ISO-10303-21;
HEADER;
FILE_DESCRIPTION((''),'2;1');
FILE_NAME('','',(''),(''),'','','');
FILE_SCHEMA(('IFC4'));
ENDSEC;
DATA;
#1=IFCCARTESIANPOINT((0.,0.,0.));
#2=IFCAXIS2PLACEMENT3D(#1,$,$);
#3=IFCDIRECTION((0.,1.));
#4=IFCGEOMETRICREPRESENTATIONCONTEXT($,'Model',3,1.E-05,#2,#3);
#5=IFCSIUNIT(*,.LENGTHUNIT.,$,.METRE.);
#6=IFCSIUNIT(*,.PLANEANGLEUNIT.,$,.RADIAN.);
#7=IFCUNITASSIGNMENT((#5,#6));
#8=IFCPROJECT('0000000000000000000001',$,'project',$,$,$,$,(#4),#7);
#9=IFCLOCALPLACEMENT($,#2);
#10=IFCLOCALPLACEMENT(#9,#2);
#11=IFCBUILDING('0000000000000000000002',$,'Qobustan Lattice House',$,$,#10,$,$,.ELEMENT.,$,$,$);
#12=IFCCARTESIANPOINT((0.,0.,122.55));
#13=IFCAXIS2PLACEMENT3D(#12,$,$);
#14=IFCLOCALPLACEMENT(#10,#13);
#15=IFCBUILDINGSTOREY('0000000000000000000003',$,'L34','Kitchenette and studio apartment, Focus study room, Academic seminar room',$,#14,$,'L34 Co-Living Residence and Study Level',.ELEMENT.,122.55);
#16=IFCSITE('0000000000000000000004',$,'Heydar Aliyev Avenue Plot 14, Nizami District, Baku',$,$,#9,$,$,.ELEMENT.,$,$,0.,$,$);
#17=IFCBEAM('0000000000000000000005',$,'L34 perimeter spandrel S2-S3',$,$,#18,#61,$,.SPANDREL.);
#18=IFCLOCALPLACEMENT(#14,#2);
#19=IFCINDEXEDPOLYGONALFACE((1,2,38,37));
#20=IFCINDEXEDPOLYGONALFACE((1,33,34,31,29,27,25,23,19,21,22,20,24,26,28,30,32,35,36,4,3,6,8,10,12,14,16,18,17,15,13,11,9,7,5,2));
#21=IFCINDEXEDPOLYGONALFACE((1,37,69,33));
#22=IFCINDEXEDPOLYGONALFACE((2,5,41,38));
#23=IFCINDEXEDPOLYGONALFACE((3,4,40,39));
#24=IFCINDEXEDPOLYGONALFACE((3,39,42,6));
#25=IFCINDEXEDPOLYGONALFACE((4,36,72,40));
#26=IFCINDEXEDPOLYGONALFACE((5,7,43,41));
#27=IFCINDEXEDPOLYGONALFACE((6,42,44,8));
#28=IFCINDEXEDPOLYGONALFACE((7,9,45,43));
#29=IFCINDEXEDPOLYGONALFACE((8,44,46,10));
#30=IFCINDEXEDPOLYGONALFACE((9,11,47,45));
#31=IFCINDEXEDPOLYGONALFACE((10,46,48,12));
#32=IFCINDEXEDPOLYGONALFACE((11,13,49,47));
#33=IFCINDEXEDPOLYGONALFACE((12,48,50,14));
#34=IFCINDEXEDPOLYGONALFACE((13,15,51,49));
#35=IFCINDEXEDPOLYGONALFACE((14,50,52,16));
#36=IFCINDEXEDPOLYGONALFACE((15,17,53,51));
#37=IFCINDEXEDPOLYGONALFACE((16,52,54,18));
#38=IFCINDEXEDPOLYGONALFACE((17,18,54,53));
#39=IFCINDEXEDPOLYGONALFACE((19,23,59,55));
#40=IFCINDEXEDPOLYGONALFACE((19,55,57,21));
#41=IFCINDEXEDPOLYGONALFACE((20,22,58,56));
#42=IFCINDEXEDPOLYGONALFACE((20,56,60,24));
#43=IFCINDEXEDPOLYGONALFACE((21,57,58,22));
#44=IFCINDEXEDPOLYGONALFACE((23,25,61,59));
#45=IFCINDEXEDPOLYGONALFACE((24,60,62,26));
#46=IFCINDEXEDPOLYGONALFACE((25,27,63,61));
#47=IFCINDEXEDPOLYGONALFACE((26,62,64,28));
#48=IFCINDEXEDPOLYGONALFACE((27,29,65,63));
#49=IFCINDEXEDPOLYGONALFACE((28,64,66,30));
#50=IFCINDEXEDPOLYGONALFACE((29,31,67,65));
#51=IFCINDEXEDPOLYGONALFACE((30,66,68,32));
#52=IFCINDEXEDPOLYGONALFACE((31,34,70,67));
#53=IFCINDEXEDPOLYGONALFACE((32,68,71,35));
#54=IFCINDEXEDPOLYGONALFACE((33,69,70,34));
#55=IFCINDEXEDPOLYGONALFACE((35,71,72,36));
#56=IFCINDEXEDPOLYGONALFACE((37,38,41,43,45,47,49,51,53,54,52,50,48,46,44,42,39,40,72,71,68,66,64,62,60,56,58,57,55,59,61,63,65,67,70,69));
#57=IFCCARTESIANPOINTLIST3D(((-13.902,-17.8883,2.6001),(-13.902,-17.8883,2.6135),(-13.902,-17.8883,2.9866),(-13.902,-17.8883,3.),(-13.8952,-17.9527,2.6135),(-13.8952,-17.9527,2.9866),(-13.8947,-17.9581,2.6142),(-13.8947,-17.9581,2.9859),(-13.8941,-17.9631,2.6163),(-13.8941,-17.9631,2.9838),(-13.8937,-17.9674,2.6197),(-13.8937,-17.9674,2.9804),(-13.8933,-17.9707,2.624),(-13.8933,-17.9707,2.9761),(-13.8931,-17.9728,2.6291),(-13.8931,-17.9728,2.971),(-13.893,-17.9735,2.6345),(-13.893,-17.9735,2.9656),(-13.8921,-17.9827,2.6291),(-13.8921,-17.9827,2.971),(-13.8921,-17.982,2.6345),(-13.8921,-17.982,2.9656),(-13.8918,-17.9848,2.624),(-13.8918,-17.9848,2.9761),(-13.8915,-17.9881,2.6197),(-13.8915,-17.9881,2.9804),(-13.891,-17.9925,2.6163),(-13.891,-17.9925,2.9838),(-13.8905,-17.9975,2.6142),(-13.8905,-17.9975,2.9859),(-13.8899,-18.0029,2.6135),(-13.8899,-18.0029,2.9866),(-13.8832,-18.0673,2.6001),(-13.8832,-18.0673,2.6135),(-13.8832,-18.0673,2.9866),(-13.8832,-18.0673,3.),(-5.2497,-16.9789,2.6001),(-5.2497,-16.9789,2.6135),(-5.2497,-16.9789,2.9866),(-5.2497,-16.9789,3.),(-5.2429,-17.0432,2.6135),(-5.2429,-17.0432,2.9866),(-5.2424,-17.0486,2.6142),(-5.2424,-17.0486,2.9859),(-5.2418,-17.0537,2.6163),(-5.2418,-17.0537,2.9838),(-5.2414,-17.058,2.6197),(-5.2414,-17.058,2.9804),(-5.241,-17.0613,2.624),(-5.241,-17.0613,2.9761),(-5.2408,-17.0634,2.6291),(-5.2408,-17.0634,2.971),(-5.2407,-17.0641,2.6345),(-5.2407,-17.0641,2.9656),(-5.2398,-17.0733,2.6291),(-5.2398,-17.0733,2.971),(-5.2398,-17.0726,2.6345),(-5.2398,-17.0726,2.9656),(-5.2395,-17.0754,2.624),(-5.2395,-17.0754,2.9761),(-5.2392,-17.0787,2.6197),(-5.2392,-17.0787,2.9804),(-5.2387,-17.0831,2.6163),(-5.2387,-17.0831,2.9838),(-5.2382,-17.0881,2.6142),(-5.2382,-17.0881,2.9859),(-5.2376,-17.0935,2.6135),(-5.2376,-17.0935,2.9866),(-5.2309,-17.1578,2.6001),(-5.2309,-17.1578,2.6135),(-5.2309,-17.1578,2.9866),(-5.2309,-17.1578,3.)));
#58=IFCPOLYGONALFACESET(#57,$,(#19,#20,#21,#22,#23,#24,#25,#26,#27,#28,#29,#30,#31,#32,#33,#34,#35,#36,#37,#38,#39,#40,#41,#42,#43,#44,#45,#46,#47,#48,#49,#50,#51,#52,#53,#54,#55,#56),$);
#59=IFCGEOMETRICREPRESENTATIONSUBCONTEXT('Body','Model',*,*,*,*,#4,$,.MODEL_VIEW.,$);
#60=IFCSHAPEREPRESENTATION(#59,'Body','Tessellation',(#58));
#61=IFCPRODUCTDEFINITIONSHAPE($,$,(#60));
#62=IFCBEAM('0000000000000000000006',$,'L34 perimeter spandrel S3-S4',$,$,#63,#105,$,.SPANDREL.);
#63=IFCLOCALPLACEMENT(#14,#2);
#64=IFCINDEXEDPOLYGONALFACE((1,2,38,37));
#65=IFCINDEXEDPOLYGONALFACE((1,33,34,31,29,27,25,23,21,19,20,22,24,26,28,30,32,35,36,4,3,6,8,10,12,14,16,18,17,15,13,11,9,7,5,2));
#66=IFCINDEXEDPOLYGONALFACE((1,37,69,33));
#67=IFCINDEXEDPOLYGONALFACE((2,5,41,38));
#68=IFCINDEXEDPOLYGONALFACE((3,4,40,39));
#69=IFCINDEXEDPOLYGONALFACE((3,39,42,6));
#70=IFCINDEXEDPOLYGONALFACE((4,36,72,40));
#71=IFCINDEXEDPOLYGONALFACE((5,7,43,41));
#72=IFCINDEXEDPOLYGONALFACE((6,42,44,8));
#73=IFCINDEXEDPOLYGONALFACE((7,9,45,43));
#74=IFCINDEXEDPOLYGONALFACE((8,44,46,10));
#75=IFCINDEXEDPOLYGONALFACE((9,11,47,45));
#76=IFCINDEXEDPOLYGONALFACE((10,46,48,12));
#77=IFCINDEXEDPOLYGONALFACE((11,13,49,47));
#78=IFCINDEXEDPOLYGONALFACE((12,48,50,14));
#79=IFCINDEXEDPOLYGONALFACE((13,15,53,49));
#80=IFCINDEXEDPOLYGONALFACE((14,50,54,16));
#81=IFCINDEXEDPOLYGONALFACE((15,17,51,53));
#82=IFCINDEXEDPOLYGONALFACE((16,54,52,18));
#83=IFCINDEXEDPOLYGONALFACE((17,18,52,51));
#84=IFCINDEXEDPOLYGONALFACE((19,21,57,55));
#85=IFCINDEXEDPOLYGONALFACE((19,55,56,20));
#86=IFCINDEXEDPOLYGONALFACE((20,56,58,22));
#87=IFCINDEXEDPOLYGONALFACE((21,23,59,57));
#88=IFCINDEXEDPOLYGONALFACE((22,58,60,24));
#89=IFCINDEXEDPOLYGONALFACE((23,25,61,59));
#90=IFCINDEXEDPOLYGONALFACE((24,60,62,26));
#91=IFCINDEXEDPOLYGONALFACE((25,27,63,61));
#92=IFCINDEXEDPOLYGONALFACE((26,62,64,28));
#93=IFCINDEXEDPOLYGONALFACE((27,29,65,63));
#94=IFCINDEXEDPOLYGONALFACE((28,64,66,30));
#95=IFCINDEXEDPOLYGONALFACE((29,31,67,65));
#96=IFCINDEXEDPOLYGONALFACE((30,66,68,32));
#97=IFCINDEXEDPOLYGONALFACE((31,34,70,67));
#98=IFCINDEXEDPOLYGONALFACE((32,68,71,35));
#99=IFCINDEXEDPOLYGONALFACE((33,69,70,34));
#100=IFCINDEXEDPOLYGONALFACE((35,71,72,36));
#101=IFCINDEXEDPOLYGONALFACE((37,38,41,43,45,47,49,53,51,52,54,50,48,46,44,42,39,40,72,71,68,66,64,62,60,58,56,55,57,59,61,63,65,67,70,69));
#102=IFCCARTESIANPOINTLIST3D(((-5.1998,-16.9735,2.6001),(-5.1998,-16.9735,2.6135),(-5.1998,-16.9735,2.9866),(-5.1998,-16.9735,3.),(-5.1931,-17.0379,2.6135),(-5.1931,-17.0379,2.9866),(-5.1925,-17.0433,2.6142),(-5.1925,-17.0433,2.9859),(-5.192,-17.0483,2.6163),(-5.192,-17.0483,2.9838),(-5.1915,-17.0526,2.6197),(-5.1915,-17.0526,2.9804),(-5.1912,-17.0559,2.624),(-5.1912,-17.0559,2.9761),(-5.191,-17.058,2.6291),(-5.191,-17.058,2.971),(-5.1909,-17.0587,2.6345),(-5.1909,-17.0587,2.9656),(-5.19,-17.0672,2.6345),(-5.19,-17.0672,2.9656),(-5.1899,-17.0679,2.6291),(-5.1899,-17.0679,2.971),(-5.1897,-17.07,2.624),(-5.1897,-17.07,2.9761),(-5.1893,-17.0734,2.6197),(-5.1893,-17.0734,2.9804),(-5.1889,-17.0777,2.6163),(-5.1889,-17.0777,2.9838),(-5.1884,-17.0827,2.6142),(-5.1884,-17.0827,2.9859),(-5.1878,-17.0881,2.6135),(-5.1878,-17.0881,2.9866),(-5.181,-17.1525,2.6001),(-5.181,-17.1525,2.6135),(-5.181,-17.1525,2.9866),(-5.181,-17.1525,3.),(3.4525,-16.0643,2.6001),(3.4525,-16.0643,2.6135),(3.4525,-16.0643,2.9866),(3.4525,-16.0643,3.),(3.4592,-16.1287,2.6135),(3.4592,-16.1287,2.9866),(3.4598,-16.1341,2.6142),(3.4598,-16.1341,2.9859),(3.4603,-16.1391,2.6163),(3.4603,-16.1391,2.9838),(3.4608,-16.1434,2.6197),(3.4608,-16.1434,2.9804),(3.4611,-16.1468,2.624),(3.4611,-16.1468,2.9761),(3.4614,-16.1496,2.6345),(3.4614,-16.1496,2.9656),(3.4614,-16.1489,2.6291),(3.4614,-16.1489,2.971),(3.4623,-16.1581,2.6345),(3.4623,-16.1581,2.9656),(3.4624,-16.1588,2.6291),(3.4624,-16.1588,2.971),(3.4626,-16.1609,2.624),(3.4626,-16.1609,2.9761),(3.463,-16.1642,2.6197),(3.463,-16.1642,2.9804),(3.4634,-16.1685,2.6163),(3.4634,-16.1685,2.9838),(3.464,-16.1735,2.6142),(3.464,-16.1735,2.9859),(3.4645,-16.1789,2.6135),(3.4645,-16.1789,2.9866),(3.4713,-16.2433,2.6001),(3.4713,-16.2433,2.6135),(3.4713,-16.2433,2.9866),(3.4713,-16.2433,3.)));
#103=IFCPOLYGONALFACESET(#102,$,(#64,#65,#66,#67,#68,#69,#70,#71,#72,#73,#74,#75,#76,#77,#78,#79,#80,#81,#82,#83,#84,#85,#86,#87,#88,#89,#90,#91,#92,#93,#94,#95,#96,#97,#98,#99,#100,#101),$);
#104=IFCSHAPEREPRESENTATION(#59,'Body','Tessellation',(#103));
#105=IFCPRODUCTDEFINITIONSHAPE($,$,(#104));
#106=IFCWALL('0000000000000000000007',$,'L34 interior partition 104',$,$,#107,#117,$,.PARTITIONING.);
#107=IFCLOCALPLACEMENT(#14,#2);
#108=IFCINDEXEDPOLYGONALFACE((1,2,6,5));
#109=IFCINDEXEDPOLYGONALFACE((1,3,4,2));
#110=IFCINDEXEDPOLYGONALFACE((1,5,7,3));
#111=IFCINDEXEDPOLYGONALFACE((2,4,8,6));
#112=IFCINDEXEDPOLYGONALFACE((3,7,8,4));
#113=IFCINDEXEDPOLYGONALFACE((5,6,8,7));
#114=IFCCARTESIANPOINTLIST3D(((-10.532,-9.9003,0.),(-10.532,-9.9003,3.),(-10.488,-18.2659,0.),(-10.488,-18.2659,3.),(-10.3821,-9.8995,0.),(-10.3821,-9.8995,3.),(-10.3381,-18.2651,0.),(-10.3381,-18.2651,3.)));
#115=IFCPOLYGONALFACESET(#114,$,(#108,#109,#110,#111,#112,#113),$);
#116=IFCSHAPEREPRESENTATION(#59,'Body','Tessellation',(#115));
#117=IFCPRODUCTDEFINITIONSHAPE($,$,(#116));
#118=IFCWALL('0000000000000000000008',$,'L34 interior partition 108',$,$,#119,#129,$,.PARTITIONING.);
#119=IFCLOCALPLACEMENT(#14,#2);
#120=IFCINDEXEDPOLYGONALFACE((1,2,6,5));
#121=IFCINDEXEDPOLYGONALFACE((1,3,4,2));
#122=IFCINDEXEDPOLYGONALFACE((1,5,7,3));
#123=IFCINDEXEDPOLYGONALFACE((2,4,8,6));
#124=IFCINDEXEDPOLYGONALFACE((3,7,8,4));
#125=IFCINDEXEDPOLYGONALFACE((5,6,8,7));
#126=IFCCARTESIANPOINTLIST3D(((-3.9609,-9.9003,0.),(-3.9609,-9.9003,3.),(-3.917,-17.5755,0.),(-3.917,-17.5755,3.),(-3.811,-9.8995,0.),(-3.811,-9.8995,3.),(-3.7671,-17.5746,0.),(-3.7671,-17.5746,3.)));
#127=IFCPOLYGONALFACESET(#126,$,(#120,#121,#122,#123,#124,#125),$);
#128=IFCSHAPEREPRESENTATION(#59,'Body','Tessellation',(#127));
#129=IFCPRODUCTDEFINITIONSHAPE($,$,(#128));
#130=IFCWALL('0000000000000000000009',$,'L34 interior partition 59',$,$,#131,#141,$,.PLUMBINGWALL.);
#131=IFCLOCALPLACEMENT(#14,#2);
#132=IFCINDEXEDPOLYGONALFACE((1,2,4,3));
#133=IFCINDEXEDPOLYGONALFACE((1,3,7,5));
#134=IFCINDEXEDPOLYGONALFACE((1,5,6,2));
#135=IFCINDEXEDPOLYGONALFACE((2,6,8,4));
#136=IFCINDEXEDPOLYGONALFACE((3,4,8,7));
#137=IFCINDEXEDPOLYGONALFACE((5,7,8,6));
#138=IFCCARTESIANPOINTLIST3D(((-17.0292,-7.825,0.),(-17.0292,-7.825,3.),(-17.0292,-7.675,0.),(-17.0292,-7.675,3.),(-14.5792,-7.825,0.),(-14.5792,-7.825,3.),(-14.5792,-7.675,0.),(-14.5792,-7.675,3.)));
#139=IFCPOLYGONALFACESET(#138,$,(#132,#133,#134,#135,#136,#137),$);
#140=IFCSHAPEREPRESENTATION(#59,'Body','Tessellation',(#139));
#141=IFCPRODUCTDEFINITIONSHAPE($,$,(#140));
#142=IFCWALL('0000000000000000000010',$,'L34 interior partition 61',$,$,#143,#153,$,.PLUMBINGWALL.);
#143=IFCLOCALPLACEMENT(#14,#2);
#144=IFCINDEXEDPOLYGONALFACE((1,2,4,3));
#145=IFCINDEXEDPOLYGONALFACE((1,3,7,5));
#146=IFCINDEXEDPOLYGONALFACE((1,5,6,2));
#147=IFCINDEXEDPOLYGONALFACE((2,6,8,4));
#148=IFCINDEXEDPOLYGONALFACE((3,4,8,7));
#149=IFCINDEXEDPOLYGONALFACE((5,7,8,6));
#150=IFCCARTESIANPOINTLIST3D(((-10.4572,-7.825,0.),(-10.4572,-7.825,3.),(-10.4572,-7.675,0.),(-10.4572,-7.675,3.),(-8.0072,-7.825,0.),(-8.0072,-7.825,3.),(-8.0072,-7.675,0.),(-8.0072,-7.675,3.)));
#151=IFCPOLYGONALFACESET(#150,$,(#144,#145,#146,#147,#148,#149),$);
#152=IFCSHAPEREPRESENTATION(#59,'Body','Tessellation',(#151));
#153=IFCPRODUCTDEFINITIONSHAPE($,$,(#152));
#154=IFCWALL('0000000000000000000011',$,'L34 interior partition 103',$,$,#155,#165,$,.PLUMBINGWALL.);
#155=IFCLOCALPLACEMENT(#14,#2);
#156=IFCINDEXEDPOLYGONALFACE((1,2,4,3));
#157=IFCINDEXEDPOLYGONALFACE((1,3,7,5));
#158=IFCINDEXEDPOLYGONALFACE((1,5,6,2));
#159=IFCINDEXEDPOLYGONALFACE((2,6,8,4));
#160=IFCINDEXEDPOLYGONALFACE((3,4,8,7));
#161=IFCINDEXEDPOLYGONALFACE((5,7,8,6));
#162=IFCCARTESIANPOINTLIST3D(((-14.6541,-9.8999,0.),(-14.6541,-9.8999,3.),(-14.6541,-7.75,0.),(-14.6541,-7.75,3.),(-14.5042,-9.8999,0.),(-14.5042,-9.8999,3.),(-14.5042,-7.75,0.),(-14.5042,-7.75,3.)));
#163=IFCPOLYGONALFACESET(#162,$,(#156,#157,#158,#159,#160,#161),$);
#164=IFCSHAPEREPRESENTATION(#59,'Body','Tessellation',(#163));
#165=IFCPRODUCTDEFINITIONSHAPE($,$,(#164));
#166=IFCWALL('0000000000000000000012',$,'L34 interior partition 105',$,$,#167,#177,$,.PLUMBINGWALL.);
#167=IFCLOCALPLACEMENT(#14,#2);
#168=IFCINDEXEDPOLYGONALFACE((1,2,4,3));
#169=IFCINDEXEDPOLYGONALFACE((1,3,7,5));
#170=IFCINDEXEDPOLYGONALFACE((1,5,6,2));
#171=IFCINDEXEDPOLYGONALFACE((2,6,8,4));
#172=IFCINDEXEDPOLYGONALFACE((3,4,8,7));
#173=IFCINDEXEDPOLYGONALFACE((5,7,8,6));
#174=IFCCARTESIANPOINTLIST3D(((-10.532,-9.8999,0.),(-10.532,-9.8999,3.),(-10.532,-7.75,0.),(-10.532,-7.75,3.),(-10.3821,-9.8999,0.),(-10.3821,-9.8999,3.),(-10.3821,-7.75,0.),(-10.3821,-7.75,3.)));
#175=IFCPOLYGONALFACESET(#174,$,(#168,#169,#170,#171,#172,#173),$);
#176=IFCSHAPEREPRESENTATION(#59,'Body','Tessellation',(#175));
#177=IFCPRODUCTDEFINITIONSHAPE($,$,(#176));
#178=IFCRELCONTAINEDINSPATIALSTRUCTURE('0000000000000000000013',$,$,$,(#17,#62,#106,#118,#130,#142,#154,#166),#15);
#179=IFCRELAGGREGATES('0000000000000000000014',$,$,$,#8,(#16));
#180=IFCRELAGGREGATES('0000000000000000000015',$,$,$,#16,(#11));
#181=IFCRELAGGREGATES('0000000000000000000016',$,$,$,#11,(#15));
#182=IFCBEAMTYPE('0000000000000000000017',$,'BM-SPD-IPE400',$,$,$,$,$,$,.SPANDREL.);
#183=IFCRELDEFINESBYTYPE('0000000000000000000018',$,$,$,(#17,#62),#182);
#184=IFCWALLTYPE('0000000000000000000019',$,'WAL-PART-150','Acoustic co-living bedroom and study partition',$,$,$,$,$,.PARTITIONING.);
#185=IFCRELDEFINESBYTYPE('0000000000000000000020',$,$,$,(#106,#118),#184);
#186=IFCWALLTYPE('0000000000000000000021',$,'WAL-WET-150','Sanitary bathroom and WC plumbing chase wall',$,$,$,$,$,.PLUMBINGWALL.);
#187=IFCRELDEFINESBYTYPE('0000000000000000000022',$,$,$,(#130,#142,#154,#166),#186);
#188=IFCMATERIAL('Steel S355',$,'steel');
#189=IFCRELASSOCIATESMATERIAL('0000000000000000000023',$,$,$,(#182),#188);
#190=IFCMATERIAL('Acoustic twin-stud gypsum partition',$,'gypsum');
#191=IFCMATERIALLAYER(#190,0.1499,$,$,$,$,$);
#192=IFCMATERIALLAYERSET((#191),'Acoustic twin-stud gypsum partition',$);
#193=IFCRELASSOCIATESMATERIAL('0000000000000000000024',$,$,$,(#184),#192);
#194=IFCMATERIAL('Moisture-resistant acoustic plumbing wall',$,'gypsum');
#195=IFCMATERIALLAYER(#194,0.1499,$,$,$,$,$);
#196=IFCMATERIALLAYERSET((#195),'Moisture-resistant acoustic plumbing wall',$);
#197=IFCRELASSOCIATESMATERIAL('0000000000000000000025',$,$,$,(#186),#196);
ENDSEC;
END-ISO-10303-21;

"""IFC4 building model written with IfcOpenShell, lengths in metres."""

from ifc_helpers import new_model, si_unit, direction, frame, frame_2d, origin, origin_2d, place, context, subcontext, project, spatial, rectangle, i_section, extrude, material, layer, layer_set, material_profile, profile_set, type_object, element, save


model = new_model("IFC4")

# Units and contexts
model_context = context("Model", 3, precision=1e-05, world=origin(), true_north=direction((0.0, 1.0)))
body_context = subcontext(model_context, "Body", "Model", "MODEL_VIEW")
ifc_project = project(units=[si_unit("LENGTHUNIT", "METRE"), si_unit("PLANEANGLEUNIT", "RADIAN")], contexts=[model_context])

# Site, building, storey
site_placement = place(None, origin())
site = spatial("IfcSite", under=ifc_project, at=site_placement, Name="Heydar Aliyev Avenue Plot 14, Nizami District, Baku", CompositionType="ELEMENT", RefElevation=0.0)
building_placement = place(site_placement, origin())
building = spatial("IfcBuilding", under=site, at=building_placement, Name="Qobustan Lattice House", CompositionType="ELEMENT")
storey_placement = place(building_placement, frame((0.0, 0.0, 122.55)))
storey = spatial("IfcBuildingStorey", under=building, at=storey_placement, Name="L34", Description="Kitchenette and studio apartment, Focus study room, Academic seminar room", LongName="L34 Co-Living Residence and Study Level", CompositionType="ELEMENT", Elevation=122.55)

# Beams
ifc_material_1 = material(Name="Steel S355", Category="steel")
ifc_material_profile_1 = material_profile(ifc_material_1, i_section(OverallWidth=0.1799, OverallDepth=0.3999, WebThickness=0.0085, FlangeThickness=0.0134, FilletRadius=0.021, at=origin_2d()), Name="IPE400")
ifc_profile_set_1 = profile_set([ifc_material_profile_1], Name="Steel S355")
beam_type_1 = type_object("IfcBeamType", Name="BM-SPD-IPE400", PredefinedType="SPANDREL", material=ifc_profile_set_1)
for number, where, z_axis, x_axis, name in (
    (1, (-13.8926, -17.9778, 2.8), (0.994522, 0.104531, 0.0), (-0.104531, 0.994522, 0.0), "L34 perimeter spandrel S2-S3"),
    (2, (-5.1904, -17.063, 2.8), (0.994525, 0.104504, 0.0), (-0.104504, 0.994525, 0.0), "L34 perimeter spandrel S3-S4"),
):
    element("IfcBeam", number, at=place(storey_placement, frame(where, z_axis=z_axis, x_axis=x_axis)), inside=storey, type_object=beam_type_1, Name=name, PredefinedType="SPANDREL", context=body_context, shape_type="SweptSolid", body=[
        extrude(i_section(OverallWidth=0.1799, OverallDepth=0.3999, WebThickness=0.0085, FlangeThickness=0.0134, FilletRadius=0.021, at=origin_2d()), origin(), (0.0, 0.0, 1.0), 8.7),
    ])

# Walls
ifc_material_2 = material(Name="Acoustic twin-stud gypsum partition", Category="gypsum")
ifc_layer_1 = layer(ifc_material_2, 0.1499)
ifc_layer_set_1 = layer_set([ifc_layer_1], Name="Acoustic twin-stud gypsum partition")
wall_type_1 = type_object("IfcWallType", Name="WAL-PART-150", Description="Acoustic co-living bedroom and study partition", PredefinedType="PARTITIONING", material=ifc_layer_set_1)
wall_1_placement = place(storey_placement, frame((-10.457, -9.8999, 0.0), z_axis=(0.0, 0.0, 1.0), x_axis=(0.005253, -0.999986, 0.0)))
element("IfcWall", 3, at=wall_1_placement, inside=storey, type_object=wall_type_1, Name="L34 interior partition 104", PredefinedType="PARTITIONING", context=body_context, shape_type="SweptSolid", body=[
    extrude(rectangle(XDim=8.3657, YDim=0.1499, at=frame_2d((4.1829, 0.0))), origin(), (0.0, 0.0, 1.0), 3.0),
])
wall_2_placement = place(storey_placement, frame((-3.886, -9.8999, 0.0), z_axis=(0.0, 0.0, 1.0), x_axis=(0.005726, -0.999984, 0.0)))
element("IfcWall", 4, at=wall_2_placement, inside=storey, type_object=wall_type_1, Name="L34 interior partition 108", PredefinedType="PARTITIONING", context=body_context, shape_type="SweptSolid", body=[
    extrude(rectangle(XDim=7.6753, YDim=0.1499, at=frame_2d((3.8376, 0.0))), origin(), (0.0, 0.0, 1.0), 3.0),
])
ifc_material_3 = material(Name="Moisture-resistant acoustic plumbing wall", Category="gypsum")
ifc_layer_2 = layer(ifc_material_3, 0.1499)
ifc_layer_set_2 = layer_set([ifc_layer_2], Name="Moisture-resistant acoustic plumbing wall")
wall_type_2 = type_object("IfcWallType", Name="WAL-WET-150", Description="Sanitary bathroom and WC plumbing chase wall", PredefinedType="PLUMBINGWALL", material=ifc_layer_set_2)
for number, where, z_axis, x_axis, name in (
    (5, (-14.5791, -7.75, 0.0), (0.0, 0.0, 1.0), (-1.0, 0.0, 0.0), "L34 interior partition 59"),
    (6, (-8.0071, -7.75, 0.0), (0.0, 0.0, 1.0), (-1.0, 0.0, 0.0), "L34 interior partition 61"),
):
    element("IfcWall", number, at=place(storey_placement, frame(where, z_axis=z_axis, x_axis=x_axis)), inside=storey, type_object=wall_type_2, Name=name, PredefinedType="PLUMBINGWALL", context=body_context, shape_type="SweptSolid", body=[
        extrude(rectangle(XDim=2.45, YDim=0.1499, at=frame_2d((1.2251, 0.0))), origin(), (0.0, 0.0, 1.0), 3.0),
    ])
for number, where, z_axis, x_axis, name in (
    (7, (-14.5791, -9.8999, 0.0), (0.0, 0.0, 1.0), (0.0, 1.0, 0.0), "L34 interior partition 103"),
    (8, (-10.457, -7.75, 0.0), (0.0, 0.0, 1.0), (0.0, -1.0, 0.0), "L34 interior partition 105"),
):
    element("IfcWall", number, at=place(storey_placement, frame(where, z_axis=z_axis, x_axis=x_axis)), inside=storey, type_object=wall_type_2, Name=name, PredefinedType="PLUMBINGWALL", context=body_context, shape_type="SweptSolid", body=[
        extrude(rectangle(XDim=2.1499, YDim=0.1499, at=frame_2d((1.075, 0.0))), origin(), (0.0, 0.0, 1.0), 3.0),
    ])

save(model, "model.ifc")
